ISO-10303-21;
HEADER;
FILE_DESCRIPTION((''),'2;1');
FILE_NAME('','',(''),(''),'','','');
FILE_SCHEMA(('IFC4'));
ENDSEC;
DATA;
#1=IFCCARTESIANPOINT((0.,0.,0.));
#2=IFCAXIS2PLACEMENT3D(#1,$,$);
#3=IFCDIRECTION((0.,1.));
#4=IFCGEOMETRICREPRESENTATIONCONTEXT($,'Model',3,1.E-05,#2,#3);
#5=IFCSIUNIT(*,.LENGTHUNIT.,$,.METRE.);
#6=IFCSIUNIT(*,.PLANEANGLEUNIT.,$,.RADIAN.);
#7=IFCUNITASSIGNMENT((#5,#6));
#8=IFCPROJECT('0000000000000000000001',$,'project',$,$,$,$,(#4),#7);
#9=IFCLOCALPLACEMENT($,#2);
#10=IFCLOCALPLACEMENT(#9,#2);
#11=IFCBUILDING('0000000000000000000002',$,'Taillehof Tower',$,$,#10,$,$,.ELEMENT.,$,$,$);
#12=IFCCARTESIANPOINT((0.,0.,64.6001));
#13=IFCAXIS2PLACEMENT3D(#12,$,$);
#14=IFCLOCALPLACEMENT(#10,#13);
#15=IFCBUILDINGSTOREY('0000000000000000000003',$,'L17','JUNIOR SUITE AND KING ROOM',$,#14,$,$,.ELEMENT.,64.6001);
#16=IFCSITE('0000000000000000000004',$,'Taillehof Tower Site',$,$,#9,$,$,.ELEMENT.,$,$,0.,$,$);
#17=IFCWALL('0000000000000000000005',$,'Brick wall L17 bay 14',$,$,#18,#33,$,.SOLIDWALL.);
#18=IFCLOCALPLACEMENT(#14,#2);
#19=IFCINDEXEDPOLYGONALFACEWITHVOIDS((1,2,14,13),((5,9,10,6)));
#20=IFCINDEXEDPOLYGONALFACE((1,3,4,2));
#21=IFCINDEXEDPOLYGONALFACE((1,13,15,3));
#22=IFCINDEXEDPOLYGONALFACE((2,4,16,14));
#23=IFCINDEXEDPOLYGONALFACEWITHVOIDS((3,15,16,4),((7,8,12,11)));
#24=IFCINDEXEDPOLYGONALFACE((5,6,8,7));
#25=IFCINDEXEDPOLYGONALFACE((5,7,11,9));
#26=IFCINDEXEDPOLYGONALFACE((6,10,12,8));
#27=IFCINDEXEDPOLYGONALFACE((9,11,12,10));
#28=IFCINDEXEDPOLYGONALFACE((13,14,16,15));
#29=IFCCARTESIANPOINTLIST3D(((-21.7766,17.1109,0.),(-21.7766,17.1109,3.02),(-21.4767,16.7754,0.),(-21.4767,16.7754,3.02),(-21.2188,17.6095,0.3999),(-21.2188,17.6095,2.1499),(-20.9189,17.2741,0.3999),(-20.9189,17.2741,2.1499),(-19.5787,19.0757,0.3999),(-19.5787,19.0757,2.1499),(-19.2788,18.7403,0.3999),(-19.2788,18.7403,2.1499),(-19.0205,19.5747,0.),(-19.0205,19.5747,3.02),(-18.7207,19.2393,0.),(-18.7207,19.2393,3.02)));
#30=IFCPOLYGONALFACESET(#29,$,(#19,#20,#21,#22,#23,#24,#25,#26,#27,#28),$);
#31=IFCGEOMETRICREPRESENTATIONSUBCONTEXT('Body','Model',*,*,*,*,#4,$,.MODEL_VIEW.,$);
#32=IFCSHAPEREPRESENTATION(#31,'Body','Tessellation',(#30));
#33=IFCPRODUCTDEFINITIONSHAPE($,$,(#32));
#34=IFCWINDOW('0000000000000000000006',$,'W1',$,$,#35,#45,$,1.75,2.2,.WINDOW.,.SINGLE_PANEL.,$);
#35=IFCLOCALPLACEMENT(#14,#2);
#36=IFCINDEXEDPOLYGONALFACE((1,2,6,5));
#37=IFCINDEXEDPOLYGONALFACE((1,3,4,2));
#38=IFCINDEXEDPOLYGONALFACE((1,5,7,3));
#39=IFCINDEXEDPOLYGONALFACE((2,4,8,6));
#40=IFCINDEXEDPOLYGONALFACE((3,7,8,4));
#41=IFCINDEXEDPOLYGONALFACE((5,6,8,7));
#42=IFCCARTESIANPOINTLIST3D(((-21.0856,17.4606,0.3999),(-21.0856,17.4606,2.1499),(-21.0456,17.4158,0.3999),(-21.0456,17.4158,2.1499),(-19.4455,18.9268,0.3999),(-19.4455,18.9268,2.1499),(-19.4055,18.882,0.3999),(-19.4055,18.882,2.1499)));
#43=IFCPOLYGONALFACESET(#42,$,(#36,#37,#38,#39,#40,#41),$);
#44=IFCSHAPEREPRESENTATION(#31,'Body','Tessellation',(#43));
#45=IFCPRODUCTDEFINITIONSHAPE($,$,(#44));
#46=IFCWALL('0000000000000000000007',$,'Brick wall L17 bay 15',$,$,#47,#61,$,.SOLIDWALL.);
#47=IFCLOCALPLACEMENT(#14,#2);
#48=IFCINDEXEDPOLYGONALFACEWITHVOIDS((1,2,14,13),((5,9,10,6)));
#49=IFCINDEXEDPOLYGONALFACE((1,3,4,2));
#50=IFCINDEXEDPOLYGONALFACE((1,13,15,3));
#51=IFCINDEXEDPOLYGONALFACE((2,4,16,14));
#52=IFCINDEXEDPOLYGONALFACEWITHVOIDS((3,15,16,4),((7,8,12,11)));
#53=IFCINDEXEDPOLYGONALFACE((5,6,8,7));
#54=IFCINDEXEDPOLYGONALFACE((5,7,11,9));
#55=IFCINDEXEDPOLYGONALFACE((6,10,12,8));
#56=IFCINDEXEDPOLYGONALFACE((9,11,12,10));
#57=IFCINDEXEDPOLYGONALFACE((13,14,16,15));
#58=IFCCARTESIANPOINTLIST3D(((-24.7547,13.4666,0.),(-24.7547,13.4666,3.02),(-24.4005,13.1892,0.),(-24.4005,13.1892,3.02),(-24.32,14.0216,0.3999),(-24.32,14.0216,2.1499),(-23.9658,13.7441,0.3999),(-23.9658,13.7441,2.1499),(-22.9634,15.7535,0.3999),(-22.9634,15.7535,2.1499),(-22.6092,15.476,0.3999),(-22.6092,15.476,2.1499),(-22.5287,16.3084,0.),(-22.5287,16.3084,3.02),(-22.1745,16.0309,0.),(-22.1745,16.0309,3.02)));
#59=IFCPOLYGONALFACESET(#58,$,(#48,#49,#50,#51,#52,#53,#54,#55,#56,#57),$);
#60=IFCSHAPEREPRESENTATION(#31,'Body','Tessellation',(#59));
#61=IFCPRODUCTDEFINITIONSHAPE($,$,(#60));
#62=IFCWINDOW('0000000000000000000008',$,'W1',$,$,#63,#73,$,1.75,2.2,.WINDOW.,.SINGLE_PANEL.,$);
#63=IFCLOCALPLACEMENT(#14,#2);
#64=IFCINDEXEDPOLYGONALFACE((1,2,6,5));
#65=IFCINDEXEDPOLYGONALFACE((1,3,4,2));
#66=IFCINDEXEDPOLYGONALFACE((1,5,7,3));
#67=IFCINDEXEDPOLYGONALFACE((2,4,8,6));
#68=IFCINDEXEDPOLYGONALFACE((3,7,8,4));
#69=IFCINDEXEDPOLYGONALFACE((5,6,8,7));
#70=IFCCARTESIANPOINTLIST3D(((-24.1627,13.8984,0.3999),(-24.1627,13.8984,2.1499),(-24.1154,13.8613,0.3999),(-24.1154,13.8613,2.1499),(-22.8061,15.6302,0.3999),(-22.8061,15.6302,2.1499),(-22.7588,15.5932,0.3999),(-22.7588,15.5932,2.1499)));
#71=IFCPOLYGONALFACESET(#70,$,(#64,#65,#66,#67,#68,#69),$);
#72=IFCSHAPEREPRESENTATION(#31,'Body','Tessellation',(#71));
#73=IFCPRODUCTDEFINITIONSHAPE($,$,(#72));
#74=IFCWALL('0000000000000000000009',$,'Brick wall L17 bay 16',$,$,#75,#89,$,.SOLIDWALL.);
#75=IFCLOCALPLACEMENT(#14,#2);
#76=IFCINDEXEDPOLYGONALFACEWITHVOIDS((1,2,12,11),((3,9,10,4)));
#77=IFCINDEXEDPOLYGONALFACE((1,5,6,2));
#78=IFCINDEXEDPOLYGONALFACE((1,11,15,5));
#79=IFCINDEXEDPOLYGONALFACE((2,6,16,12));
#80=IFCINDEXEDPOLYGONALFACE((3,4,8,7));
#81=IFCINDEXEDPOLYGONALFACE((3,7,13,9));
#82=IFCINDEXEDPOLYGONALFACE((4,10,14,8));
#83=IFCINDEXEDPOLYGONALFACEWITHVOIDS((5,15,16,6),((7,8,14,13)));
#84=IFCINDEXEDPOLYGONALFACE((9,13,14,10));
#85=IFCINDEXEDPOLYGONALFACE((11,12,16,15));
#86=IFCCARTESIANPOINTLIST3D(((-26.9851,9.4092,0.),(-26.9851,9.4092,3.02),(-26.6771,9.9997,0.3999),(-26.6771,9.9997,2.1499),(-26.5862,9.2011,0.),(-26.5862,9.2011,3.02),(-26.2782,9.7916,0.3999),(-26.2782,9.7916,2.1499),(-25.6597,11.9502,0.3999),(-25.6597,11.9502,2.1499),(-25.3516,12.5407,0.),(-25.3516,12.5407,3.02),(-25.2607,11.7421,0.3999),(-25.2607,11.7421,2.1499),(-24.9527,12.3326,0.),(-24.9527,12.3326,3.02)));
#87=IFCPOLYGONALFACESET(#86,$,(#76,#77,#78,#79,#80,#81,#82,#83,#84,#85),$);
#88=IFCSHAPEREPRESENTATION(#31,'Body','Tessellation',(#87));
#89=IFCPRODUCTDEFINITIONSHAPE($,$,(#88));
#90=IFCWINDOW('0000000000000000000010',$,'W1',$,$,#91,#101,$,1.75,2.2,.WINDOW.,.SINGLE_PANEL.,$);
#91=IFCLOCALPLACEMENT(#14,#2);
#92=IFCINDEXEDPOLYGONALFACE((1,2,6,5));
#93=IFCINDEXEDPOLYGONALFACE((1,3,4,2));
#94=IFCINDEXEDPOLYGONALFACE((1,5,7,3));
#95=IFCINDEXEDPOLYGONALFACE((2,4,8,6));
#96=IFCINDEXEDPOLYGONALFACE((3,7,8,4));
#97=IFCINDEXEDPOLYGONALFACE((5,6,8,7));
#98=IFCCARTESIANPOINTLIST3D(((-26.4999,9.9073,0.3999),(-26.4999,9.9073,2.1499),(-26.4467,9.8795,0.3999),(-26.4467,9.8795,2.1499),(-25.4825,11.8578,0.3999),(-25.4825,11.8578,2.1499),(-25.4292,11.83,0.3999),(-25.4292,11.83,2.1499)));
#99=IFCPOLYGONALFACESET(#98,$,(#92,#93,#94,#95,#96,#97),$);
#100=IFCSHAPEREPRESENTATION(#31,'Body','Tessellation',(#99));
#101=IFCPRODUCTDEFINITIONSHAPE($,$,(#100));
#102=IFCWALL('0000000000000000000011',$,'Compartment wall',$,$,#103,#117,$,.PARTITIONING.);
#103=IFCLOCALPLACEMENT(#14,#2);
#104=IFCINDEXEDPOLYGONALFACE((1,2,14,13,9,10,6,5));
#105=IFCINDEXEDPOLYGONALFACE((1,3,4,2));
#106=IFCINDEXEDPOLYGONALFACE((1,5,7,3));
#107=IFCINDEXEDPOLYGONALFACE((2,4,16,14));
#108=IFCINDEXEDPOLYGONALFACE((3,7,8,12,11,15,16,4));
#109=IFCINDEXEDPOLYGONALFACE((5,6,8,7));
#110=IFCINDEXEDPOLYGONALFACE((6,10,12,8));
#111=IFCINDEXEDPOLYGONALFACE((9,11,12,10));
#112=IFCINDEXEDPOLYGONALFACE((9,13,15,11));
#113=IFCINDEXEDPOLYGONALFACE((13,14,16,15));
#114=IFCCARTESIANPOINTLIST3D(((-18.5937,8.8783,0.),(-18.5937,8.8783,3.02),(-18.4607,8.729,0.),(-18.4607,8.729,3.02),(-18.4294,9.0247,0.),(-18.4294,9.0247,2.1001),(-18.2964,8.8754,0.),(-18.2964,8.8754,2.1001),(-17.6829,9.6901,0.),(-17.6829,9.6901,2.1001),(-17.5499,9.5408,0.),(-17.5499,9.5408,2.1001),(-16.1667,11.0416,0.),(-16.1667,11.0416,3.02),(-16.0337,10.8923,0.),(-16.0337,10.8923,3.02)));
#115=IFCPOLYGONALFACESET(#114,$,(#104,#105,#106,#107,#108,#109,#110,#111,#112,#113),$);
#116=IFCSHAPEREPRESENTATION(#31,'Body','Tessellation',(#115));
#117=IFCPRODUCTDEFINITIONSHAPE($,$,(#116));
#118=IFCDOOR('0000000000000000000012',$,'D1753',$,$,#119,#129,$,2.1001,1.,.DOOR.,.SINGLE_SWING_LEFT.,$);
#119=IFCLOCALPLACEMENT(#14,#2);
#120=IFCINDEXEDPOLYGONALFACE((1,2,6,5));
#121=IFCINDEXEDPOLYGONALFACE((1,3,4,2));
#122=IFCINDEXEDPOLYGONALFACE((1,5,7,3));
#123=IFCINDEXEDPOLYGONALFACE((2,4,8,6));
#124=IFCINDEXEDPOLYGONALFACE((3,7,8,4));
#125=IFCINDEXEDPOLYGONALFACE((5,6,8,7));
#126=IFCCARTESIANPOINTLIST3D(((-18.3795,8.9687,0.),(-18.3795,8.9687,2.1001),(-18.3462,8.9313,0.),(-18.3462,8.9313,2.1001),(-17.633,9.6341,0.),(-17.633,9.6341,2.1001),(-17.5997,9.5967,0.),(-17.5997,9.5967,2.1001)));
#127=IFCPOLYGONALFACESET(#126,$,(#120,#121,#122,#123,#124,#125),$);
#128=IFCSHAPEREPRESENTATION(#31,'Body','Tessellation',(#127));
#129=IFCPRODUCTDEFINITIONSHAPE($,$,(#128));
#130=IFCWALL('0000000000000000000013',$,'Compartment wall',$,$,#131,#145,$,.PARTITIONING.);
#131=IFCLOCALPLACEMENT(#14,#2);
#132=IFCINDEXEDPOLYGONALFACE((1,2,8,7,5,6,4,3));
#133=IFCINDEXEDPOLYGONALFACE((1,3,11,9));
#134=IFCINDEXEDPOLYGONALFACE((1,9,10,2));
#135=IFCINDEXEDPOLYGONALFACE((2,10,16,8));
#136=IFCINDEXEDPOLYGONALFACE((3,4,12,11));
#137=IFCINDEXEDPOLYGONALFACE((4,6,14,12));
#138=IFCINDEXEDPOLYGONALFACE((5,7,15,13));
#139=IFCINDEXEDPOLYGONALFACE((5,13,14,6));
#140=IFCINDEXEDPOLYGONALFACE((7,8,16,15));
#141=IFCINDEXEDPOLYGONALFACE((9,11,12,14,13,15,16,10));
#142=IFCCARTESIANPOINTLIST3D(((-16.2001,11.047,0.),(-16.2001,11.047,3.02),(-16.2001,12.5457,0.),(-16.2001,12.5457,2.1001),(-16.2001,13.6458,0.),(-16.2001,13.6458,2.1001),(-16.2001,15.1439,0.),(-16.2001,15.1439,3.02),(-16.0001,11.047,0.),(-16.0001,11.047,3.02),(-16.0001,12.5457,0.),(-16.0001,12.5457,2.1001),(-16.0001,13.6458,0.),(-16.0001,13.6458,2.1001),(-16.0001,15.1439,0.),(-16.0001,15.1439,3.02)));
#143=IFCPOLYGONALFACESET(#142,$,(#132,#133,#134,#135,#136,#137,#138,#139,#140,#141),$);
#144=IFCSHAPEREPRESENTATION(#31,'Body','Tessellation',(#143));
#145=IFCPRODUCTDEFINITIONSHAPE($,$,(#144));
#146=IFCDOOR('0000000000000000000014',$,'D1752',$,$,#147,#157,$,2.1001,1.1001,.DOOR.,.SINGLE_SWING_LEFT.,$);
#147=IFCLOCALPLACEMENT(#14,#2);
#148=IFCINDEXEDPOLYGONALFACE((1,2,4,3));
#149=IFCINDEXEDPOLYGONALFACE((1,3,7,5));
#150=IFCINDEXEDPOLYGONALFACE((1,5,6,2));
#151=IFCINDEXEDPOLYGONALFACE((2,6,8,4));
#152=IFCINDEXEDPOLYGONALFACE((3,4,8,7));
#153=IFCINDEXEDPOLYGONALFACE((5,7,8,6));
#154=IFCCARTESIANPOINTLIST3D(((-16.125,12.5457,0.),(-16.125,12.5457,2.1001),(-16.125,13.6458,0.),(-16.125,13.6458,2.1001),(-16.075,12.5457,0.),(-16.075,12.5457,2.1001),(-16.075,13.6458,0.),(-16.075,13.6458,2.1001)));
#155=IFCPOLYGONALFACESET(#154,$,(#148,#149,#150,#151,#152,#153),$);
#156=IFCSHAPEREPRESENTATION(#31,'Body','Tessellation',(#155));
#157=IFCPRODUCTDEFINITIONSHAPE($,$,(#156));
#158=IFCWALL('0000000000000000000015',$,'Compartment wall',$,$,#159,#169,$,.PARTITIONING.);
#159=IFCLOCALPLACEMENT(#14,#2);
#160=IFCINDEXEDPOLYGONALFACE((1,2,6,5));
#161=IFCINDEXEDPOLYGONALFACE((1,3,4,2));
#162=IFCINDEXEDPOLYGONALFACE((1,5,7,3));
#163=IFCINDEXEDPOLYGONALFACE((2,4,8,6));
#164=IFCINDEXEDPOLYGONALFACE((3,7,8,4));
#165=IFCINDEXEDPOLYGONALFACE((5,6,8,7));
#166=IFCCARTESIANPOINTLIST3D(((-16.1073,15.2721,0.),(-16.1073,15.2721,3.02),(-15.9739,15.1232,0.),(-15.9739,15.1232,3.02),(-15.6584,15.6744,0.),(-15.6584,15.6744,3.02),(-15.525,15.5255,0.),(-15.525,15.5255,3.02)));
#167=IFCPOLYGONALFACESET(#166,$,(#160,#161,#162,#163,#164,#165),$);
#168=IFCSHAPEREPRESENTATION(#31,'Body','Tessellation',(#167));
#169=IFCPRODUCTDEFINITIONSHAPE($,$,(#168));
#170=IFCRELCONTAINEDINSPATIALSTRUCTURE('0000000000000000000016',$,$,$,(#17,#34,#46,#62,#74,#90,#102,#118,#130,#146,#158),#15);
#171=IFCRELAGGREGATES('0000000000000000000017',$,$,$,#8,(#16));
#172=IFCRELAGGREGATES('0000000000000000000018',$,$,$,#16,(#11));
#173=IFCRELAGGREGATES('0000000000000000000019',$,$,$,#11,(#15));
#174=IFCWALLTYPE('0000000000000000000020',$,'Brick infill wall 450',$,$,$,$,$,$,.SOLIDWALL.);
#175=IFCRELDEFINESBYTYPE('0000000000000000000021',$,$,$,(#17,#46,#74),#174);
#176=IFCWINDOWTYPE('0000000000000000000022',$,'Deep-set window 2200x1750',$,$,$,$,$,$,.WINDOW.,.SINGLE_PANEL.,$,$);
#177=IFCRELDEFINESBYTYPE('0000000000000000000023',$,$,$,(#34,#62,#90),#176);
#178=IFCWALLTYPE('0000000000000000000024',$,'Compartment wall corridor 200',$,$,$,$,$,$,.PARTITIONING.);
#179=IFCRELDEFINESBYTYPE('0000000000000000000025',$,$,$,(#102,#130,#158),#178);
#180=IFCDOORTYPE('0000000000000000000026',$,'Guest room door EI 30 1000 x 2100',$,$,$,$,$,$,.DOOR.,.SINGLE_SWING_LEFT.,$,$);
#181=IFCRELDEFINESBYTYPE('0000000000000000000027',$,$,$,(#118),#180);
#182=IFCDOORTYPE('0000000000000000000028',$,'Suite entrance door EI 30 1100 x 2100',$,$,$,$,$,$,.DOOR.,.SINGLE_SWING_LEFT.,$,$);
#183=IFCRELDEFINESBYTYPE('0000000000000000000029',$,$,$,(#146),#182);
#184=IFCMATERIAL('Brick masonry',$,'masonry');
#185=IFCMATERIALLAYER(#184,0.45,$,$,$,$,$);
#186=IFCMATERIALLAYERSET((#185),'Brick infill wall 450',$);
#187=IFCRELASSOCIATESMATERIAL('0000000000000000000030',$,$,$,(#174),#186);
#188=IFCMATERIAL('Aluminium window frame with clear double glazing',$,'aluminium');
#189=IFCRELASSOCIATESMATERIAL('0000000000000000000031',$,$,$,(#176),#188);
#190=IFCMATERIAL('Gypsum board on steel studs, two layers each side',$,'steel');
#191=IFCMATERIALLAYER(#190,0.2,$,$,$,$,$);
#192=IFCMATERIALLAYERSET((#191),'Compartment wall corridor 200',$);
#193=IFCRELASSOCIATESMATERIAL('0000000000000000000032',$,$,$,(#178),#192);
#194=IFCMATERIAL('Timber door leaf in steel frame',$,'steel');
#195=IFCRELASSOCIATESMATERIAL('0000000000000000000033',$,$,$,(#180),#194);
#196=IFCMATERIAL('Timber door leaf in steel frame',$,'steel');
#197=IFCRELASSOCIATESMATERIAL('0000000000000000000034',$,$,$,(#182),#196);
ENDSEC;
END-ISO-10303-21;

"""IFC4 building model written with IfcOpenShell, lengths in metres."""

from ifc_helpers import new_model, si_unit, direction, frame, frame_2d, origin, place, context, subcontext, project, spatial, rectangle, extrude, material, layer, layer_set, type_object, element, fill, save


model = new_model("IFC4")

# Units and contexts
model_context = context("Model", 3, precision=1e-05, world=origin(), true_north=direction((0.0, 1.0)))
body_context = subcontext(model_context, "Body", "Model", "MODEL_VIEW")
ifc_project = project(units=[si_unit("LENGTHUNIT", "METRE"), si_unit("PLANEANGLEUNIT", "RADIAN")], contexts=[model_context])

# Site, building, storey
site_placement = place(None, origin())
site = spatial("IfcSite", under=ifc_project, at=site_placement, Name="Taillehof Tower Site", CompositionType="ELEMENT", RefElevation=0.0)
building_placement = place(site_placement, origin())
building = spatial("IfcBuilding", under=site, at=building_placement, Name="Taillehof Tower", CompositionType="ELEMENT")
storey_placement = place(building_placement, frame((0.0, 0.0, 64.6001)))
storey = spatial("IfcBuildingStorey", under=building, at=storey_placement, Name="L17", Description="JUNIOR SUITE AND KING ROOM", CompositionType="ELEMENT", Elevation=64.6001)

# Walls, openings, windows
ifc_material_1 = material(Name="Brick masonry", Category="masonry")
ifc_layer_1 = layer(ifc_material_1, 0.45)
ifc_layer_set_1 = layer_set([ifc_layer_1], Name="Brick infill wall 450")
wall_type_1 = type_object("IfcWallType", Name="Brick infill wall 450", PredefinedType="SOLIDWALL", material=ifc_layer_set_1)
ifc_material_2 = material(Name="Aluminium window frame with clear double glazing", Category="aluminium")
window_type = type_object("IfcWindowType", Name="Deep-set window 2200x1750", PartitioningType="SINGLE_PANEL", PredefinedType="WINDOW", material=ifc_material_2)
wall_1_placement = place(storey_placement, frame((-18.8706, 19.407, 0.0), z_axis=(0.0, 0.0, 1.0), x_axis=(-0.745526, -0.666476, 0.0)))
wall_1 = element("IfcWall", 1, at=wall_1_placement, inside=storey, type_object=wall_type_1, Name="Brick wall L17 bay 14", PredefinedType="SOLIDWALL", context=body_context, shape_type="SweptSolid", body=[
    extrude(rectangle(XDim=3.6968, YDim=0.45, at=frame_2d((1.8484, 0.0))), origin(), (0.0, 0.0, 1.0), 3.02),
])
opening_1_placement = place(wall_1_placement, frame((0.7485, 0.0, 0.3999)))
opening_1 = element("IfcOpeningElement", 2, at=opening_1_placement, cuts=wall_1, PredefinedType="OPENING", context=body_context, shape_type="SweptSolid", body=[
    extrude(rectangle(XDim=2.2, YDim=1.75, at=frame_2d((1.1001, 0.875))), frame((0.0, 0.2349, 0.0), z_axis=(0.0, -1.0, 0.0), x_axis=(1.0, 0.0, 0.0)), (0.0, 0.0, 1.0), 0.47),
])
window_1_placement = place(opening_1_placement, origin())
window_1 = element("IfcWindow", 3, at=window_1_placement, inside=storey, type_object=window_type, Name="W1", OverallHeight=1.75, OverallWidth=2.2, PartitioningType="SINGLE_PANEL", PredefinedType="WINDOW", context=body_context, shape_type="SweptSolid", body=[
    extrude(rectangle(XDim=2.2, YDim=1.75, at=frame_2d((1.1001, 0.875))), frame((0.0, 0.0349, 0.0), z_axis=(0.0, -1.0, 0.0), x_axis=(1.0, 0.0, 0.0)), (0.0, 0.0, 1.0), 0.0601),
])
fill(opening_1, window_1)
wall_2_placement = place(storey_placement, frame((-22.3516, 16.1697, 0.0), z_axis=(0.0, 0.0, 1.0), x_axis=(-0.616662, -0.787228, 0.0)))
wall_2 = element("IfcWall", 4, at=wall_2_placement, inside=storey, type_object=wall_type_1, Name="Brick wall L17 bay 15", PredefinedType="SOLIDWALL", context=body_context, shape_type="SweptSolid", body=[
    extrude(rectangle(XDim=3.6099, YDim=0.45, at=frame_2d((1.8049, 0.0))), origin(), (0.0, 0.0, 1.0), 3.02),
])
opening_2_placement = place(wall_2_placement, frame((0.7048, 0.0, 0.3999)))
opening_2 = element("IfcOpeningElement", 5, at=opening_2_placement, cuts=wall_2, PredefinedType="OPENING", context=body_context, shape_type="SweptSolid", body=[
    extrude(rectangle(XDim=2.2, YDim=1.75, at=frame_2d((1.1001, 0.875))), frame((0.0, 0.2349, 0.0), z_axis=(0.0, -1.0, 0.0), x_axis=(1.0, 0.0, 0.0)), (0.0, 0.0, 1.0), 0.47),
])
window_2_placement = place(opening_2_placement, origin())
window_2 = element("IfcWindow", 6, at=window_2_placement, inside=storey, type_object=window_type, Name="W1", OverallHeight=1.75, OverallWidth=2.2, PartitioningType="SINGLE_PANEL", PredefinedType="WINDOW", context=body_context, shape_type="SweptSolid", body=[
    extrude(rectangle(XDim=2.2, YDim=1.75, at=frame_2d((1.1001, 0.875))), frame((0.0, 0.0349, 0.0), z_axis=(0.0, -1.0, 0.0), x_axis=(1.0, 0.0, 0.0)), (0.0, 0.0, 1.0), 0.0601),
])
fill(opening_2, window_2)
wall_3_placement = place(storey_placement, frame((-25.1521, 12.4368, 0.0), z_axis=(0.0, 0.0, 1.0), x_axis=(-0.462493, -0.886623, 0.0)))
wall_3 = element("IfcWall", 7, at=wall_3_placement, inside=storey, type_object=wall_type_1, Name="Brick wall L17 bay 16", PredefinedType="SOLIDWALL", context=body_context, shape_type="SweptSolid", body=[
    extrude(rectangle(XDim=3.532, YDim=0.45, at=frame_2d((1.7661, 0.0))), origin(), (0.0, 0.0, 1.0), 3.02),
])
opening_3_placement = place(wall_3_placement, frame((0.666, 0.0, 0.3999)))
opening_3 = element("IfcOpeningElement", 8, at=opening_3_placement, cuts=wall_3, PredefinedType="OPENING", context=body_context, shape_type="SweptSolid", body=[
    extrude(rectangle(XDim=2.2, YDim=1.75, at=frame_2d((1.1001, 0.875))), frame((0.0, 0.2349, 0.0), z_axis=(0.0, -1.0, 0.0), x_axis=(1.0, 0.0, 0.0)), (0.0, 0.0, 1.0), 0.47),
])
window_3_placement = place(opening_3_placement, origin())
window_3 = element("IfcWindow", 9, at=window_3_placement, inside=storey, type_object=window_type, Name="W1", OverallHeight=1.75, OverallWidth=2.2, PartitioningType="SINGLE_PANEL", PredefinedType="WINDOW", context=body_context, shape_type="SweptSolid", body=[
    extrude(rectangle(XDim=2.2, YDim=1.75, at=frame_2d((1.1001, 0.875))), frame((0.0, 0.0349, 0.0), z_axis=(0.0, -1.0, 0.0), x_axis=(1.0, 0.0, 0.0)), (0.0, 0.0, 1.0), 0.0601),
])
fill(opening_3, window_3)

# Walls, openings, doors
ifc_material_3 = material(Name="Gypsum board on steel studs, two layers each side", Category="steel")
ifc_layer_2 = layer(ifc_material_3, 0.2)
ifc_layer_set_2 = layer_set([ifc_layer_2], Name="Compartment wall corridor 200")
wall_type_2 = type_object("IfcWallType", Name="Compartment wall corridor 200", PredefinedType="PARTITIONING", material=ifc_layer_set_2)
wall_4_placement = place(storey_placement, frame((-18.5271, 8.8037, 0.0), z_axis=(0.0, 0.0, 1.0), x_axis=(0.746493, 0.665393, 0.0)))
wall_4 = element("IfcWall", 10, at=wall_4_placement, inside=storey, type_object=wall_type_2, Name="Compartment wall", PredefinedType="PARTITIONING", context=body_context, shape_type="SweptSolid", body=[
    extrude(rectangle(XDim=3.2512, YDim=0.2, at=frame_2d((1.6255, 0.0))), origin(), (0.0, 0.0, 1.0), 3.02),
])
opening_4_placement = place(wall_4_placement, frame((0.22, 0.0, 0.0)))
opening_4 = element("IfcOpeningElement", 11, at=opening_4_placement, cuts=wall_4, PredefinedType="OPENING", context=body_context, shape_type="SweptSolid", body=[
    extrude(rectangle(XDim=1.0, YDim=2.1001, at=frame_2d((0.5, 1.05))), frame((0.0, 0.1099, 0.0), z_axis=(0.0, -1.0, 0.0), x_axis=(1.0, 0.0, 0.0)), (0.0, 0.0, 1.0), 0.22),
])
ifc_material_4 = material(Name="Timber door leaf in steel frame", Category="steel")
door_type_1 = type_object("IfcDoorType", Name="Guest room door EI 30 1000 x 2100", OperationType="SINGLE_SWING_LEFT", PredefinedType="DOOR", material=ifc_material_4)
door_1_placement = place(opening_4_placement, origin())
door_1 = element("IfcDoor", 12, at=door_1_placement, inside=storey, type_object=door_type_1, Name="D1753", OperationType="SINGLE_SWING_LEFT", OverallHeight=2.1001, OverallWidth=1.0, PredefinedType="DOOR", context=body_context, shape_type="SweptSolid", body=[
    extrude(rectangle(XDim=1.0, YDim=2.1001, at=frame_2d((0.5, 1.05))), frame((0.0, 0.0249, 0.0), z_axis=(0.0, -1.0, 0.0), x_axis=(1.0, 0.0, 0.0)), (0.0, 0.0, 1.0), 0.05),
])
fill(opening_4, door_1)
wall_5_placement = place(storey_placement, frame((-16.1001, 11.0471, 0.0), z_axis=(0.0, 0.0, 1.0), x_axis=(0.0, 1.0, 0.0)))
wall_5 = element("IfcWall", 13, at=wall_5_placement, inside=storey, type_object=wall_type_2, Name="Compartment wall", PredefinedType="PARTITIONING", context=body_context, shape_type="SweptSolid", body=[
    extrude(rectangle(XDim=4.0969, YDim=0.2, at=frame_2d((2.0483, 0.0))), origin(), (0.0, 0.0, 1.0), 3.02),
])
opening_5_placement = place(wall_5_placement, frame((1.4985, 0.0, 0.0)))
opening_5 = element("IfcOpeningElement", 14, at=opening_5_placement, cuts=wall_5, PredefinedType="OPENING", context=body_context, shape_type="SweptSolid", body=[
    extrude(rectangle(XDim=1.1001, YDim=2.1001, at=frame_2d((0.55, 1.05))), frame((0.0, 0.1099, 0.0), z_axis=(0.0, -1.0, 0.0), x_axis=(1.0, 0.0, 0.0)), (0.0, 0.0, 1.0), 0.22),
])
ifc_material_5 = material(Name="Timber door leaf in steel frame", Category="steel")
door_type_2 = type_object("IfcDoorType", Name="Suite entrance door EI 30 1100 x 2100", OperationType="SINGLE_SWING_LEFT", PredefinedType="DOOR", material=ifc_material_5)
door_2_placement = place(opening_5_placement, origin())
door_2 = element("IfcDoor", 15, at=door_2_placement, inside=storey, type_object=door_type_2, Name="D1752", OperationType="SINGLE_SWING_LEFT", OverallHeight=2.1001, OverallWidth=1.1001, PredefinedType="DOOR", context=body_context, shape_type="SweptSolid", body=[
    extrude(rectangle(XDim=1.1001, YDim=2.1001, at=frame_2d((0.55, 1.05))), frame((0.0, 0.0249, 0.0), z_axis=(0.0, -1.0, 0.0), x_axis=(1.0, 0.0, 0.0)), (0.0, 0.0, 1.0), 0.05),
])
fill(opening_5, door_2)

# Wall
wall_6_placement = place(storey_placement, frame((-16.0405, 15.1978, 0.0), z_axis=(0.0, 0.0, 1.0), x_axis=(0.744722, 0.667375, 0.0)))
element("IfcWall", 16, at=wall_6_placement, inside=storey, type_object=wall_type_2, Name="Compartment wall", PredefinedType="PARTITIONING", context=body_context, shape_type="SweptSolid", body=[
    extrude(rectangle(XDim=0.6028, YDim=0.2, at=frame_2d((0.3013, 0.0))), origin(), (0.0, 0.0, 1.0), 3.02),
])

save(model, "model.ifc")
